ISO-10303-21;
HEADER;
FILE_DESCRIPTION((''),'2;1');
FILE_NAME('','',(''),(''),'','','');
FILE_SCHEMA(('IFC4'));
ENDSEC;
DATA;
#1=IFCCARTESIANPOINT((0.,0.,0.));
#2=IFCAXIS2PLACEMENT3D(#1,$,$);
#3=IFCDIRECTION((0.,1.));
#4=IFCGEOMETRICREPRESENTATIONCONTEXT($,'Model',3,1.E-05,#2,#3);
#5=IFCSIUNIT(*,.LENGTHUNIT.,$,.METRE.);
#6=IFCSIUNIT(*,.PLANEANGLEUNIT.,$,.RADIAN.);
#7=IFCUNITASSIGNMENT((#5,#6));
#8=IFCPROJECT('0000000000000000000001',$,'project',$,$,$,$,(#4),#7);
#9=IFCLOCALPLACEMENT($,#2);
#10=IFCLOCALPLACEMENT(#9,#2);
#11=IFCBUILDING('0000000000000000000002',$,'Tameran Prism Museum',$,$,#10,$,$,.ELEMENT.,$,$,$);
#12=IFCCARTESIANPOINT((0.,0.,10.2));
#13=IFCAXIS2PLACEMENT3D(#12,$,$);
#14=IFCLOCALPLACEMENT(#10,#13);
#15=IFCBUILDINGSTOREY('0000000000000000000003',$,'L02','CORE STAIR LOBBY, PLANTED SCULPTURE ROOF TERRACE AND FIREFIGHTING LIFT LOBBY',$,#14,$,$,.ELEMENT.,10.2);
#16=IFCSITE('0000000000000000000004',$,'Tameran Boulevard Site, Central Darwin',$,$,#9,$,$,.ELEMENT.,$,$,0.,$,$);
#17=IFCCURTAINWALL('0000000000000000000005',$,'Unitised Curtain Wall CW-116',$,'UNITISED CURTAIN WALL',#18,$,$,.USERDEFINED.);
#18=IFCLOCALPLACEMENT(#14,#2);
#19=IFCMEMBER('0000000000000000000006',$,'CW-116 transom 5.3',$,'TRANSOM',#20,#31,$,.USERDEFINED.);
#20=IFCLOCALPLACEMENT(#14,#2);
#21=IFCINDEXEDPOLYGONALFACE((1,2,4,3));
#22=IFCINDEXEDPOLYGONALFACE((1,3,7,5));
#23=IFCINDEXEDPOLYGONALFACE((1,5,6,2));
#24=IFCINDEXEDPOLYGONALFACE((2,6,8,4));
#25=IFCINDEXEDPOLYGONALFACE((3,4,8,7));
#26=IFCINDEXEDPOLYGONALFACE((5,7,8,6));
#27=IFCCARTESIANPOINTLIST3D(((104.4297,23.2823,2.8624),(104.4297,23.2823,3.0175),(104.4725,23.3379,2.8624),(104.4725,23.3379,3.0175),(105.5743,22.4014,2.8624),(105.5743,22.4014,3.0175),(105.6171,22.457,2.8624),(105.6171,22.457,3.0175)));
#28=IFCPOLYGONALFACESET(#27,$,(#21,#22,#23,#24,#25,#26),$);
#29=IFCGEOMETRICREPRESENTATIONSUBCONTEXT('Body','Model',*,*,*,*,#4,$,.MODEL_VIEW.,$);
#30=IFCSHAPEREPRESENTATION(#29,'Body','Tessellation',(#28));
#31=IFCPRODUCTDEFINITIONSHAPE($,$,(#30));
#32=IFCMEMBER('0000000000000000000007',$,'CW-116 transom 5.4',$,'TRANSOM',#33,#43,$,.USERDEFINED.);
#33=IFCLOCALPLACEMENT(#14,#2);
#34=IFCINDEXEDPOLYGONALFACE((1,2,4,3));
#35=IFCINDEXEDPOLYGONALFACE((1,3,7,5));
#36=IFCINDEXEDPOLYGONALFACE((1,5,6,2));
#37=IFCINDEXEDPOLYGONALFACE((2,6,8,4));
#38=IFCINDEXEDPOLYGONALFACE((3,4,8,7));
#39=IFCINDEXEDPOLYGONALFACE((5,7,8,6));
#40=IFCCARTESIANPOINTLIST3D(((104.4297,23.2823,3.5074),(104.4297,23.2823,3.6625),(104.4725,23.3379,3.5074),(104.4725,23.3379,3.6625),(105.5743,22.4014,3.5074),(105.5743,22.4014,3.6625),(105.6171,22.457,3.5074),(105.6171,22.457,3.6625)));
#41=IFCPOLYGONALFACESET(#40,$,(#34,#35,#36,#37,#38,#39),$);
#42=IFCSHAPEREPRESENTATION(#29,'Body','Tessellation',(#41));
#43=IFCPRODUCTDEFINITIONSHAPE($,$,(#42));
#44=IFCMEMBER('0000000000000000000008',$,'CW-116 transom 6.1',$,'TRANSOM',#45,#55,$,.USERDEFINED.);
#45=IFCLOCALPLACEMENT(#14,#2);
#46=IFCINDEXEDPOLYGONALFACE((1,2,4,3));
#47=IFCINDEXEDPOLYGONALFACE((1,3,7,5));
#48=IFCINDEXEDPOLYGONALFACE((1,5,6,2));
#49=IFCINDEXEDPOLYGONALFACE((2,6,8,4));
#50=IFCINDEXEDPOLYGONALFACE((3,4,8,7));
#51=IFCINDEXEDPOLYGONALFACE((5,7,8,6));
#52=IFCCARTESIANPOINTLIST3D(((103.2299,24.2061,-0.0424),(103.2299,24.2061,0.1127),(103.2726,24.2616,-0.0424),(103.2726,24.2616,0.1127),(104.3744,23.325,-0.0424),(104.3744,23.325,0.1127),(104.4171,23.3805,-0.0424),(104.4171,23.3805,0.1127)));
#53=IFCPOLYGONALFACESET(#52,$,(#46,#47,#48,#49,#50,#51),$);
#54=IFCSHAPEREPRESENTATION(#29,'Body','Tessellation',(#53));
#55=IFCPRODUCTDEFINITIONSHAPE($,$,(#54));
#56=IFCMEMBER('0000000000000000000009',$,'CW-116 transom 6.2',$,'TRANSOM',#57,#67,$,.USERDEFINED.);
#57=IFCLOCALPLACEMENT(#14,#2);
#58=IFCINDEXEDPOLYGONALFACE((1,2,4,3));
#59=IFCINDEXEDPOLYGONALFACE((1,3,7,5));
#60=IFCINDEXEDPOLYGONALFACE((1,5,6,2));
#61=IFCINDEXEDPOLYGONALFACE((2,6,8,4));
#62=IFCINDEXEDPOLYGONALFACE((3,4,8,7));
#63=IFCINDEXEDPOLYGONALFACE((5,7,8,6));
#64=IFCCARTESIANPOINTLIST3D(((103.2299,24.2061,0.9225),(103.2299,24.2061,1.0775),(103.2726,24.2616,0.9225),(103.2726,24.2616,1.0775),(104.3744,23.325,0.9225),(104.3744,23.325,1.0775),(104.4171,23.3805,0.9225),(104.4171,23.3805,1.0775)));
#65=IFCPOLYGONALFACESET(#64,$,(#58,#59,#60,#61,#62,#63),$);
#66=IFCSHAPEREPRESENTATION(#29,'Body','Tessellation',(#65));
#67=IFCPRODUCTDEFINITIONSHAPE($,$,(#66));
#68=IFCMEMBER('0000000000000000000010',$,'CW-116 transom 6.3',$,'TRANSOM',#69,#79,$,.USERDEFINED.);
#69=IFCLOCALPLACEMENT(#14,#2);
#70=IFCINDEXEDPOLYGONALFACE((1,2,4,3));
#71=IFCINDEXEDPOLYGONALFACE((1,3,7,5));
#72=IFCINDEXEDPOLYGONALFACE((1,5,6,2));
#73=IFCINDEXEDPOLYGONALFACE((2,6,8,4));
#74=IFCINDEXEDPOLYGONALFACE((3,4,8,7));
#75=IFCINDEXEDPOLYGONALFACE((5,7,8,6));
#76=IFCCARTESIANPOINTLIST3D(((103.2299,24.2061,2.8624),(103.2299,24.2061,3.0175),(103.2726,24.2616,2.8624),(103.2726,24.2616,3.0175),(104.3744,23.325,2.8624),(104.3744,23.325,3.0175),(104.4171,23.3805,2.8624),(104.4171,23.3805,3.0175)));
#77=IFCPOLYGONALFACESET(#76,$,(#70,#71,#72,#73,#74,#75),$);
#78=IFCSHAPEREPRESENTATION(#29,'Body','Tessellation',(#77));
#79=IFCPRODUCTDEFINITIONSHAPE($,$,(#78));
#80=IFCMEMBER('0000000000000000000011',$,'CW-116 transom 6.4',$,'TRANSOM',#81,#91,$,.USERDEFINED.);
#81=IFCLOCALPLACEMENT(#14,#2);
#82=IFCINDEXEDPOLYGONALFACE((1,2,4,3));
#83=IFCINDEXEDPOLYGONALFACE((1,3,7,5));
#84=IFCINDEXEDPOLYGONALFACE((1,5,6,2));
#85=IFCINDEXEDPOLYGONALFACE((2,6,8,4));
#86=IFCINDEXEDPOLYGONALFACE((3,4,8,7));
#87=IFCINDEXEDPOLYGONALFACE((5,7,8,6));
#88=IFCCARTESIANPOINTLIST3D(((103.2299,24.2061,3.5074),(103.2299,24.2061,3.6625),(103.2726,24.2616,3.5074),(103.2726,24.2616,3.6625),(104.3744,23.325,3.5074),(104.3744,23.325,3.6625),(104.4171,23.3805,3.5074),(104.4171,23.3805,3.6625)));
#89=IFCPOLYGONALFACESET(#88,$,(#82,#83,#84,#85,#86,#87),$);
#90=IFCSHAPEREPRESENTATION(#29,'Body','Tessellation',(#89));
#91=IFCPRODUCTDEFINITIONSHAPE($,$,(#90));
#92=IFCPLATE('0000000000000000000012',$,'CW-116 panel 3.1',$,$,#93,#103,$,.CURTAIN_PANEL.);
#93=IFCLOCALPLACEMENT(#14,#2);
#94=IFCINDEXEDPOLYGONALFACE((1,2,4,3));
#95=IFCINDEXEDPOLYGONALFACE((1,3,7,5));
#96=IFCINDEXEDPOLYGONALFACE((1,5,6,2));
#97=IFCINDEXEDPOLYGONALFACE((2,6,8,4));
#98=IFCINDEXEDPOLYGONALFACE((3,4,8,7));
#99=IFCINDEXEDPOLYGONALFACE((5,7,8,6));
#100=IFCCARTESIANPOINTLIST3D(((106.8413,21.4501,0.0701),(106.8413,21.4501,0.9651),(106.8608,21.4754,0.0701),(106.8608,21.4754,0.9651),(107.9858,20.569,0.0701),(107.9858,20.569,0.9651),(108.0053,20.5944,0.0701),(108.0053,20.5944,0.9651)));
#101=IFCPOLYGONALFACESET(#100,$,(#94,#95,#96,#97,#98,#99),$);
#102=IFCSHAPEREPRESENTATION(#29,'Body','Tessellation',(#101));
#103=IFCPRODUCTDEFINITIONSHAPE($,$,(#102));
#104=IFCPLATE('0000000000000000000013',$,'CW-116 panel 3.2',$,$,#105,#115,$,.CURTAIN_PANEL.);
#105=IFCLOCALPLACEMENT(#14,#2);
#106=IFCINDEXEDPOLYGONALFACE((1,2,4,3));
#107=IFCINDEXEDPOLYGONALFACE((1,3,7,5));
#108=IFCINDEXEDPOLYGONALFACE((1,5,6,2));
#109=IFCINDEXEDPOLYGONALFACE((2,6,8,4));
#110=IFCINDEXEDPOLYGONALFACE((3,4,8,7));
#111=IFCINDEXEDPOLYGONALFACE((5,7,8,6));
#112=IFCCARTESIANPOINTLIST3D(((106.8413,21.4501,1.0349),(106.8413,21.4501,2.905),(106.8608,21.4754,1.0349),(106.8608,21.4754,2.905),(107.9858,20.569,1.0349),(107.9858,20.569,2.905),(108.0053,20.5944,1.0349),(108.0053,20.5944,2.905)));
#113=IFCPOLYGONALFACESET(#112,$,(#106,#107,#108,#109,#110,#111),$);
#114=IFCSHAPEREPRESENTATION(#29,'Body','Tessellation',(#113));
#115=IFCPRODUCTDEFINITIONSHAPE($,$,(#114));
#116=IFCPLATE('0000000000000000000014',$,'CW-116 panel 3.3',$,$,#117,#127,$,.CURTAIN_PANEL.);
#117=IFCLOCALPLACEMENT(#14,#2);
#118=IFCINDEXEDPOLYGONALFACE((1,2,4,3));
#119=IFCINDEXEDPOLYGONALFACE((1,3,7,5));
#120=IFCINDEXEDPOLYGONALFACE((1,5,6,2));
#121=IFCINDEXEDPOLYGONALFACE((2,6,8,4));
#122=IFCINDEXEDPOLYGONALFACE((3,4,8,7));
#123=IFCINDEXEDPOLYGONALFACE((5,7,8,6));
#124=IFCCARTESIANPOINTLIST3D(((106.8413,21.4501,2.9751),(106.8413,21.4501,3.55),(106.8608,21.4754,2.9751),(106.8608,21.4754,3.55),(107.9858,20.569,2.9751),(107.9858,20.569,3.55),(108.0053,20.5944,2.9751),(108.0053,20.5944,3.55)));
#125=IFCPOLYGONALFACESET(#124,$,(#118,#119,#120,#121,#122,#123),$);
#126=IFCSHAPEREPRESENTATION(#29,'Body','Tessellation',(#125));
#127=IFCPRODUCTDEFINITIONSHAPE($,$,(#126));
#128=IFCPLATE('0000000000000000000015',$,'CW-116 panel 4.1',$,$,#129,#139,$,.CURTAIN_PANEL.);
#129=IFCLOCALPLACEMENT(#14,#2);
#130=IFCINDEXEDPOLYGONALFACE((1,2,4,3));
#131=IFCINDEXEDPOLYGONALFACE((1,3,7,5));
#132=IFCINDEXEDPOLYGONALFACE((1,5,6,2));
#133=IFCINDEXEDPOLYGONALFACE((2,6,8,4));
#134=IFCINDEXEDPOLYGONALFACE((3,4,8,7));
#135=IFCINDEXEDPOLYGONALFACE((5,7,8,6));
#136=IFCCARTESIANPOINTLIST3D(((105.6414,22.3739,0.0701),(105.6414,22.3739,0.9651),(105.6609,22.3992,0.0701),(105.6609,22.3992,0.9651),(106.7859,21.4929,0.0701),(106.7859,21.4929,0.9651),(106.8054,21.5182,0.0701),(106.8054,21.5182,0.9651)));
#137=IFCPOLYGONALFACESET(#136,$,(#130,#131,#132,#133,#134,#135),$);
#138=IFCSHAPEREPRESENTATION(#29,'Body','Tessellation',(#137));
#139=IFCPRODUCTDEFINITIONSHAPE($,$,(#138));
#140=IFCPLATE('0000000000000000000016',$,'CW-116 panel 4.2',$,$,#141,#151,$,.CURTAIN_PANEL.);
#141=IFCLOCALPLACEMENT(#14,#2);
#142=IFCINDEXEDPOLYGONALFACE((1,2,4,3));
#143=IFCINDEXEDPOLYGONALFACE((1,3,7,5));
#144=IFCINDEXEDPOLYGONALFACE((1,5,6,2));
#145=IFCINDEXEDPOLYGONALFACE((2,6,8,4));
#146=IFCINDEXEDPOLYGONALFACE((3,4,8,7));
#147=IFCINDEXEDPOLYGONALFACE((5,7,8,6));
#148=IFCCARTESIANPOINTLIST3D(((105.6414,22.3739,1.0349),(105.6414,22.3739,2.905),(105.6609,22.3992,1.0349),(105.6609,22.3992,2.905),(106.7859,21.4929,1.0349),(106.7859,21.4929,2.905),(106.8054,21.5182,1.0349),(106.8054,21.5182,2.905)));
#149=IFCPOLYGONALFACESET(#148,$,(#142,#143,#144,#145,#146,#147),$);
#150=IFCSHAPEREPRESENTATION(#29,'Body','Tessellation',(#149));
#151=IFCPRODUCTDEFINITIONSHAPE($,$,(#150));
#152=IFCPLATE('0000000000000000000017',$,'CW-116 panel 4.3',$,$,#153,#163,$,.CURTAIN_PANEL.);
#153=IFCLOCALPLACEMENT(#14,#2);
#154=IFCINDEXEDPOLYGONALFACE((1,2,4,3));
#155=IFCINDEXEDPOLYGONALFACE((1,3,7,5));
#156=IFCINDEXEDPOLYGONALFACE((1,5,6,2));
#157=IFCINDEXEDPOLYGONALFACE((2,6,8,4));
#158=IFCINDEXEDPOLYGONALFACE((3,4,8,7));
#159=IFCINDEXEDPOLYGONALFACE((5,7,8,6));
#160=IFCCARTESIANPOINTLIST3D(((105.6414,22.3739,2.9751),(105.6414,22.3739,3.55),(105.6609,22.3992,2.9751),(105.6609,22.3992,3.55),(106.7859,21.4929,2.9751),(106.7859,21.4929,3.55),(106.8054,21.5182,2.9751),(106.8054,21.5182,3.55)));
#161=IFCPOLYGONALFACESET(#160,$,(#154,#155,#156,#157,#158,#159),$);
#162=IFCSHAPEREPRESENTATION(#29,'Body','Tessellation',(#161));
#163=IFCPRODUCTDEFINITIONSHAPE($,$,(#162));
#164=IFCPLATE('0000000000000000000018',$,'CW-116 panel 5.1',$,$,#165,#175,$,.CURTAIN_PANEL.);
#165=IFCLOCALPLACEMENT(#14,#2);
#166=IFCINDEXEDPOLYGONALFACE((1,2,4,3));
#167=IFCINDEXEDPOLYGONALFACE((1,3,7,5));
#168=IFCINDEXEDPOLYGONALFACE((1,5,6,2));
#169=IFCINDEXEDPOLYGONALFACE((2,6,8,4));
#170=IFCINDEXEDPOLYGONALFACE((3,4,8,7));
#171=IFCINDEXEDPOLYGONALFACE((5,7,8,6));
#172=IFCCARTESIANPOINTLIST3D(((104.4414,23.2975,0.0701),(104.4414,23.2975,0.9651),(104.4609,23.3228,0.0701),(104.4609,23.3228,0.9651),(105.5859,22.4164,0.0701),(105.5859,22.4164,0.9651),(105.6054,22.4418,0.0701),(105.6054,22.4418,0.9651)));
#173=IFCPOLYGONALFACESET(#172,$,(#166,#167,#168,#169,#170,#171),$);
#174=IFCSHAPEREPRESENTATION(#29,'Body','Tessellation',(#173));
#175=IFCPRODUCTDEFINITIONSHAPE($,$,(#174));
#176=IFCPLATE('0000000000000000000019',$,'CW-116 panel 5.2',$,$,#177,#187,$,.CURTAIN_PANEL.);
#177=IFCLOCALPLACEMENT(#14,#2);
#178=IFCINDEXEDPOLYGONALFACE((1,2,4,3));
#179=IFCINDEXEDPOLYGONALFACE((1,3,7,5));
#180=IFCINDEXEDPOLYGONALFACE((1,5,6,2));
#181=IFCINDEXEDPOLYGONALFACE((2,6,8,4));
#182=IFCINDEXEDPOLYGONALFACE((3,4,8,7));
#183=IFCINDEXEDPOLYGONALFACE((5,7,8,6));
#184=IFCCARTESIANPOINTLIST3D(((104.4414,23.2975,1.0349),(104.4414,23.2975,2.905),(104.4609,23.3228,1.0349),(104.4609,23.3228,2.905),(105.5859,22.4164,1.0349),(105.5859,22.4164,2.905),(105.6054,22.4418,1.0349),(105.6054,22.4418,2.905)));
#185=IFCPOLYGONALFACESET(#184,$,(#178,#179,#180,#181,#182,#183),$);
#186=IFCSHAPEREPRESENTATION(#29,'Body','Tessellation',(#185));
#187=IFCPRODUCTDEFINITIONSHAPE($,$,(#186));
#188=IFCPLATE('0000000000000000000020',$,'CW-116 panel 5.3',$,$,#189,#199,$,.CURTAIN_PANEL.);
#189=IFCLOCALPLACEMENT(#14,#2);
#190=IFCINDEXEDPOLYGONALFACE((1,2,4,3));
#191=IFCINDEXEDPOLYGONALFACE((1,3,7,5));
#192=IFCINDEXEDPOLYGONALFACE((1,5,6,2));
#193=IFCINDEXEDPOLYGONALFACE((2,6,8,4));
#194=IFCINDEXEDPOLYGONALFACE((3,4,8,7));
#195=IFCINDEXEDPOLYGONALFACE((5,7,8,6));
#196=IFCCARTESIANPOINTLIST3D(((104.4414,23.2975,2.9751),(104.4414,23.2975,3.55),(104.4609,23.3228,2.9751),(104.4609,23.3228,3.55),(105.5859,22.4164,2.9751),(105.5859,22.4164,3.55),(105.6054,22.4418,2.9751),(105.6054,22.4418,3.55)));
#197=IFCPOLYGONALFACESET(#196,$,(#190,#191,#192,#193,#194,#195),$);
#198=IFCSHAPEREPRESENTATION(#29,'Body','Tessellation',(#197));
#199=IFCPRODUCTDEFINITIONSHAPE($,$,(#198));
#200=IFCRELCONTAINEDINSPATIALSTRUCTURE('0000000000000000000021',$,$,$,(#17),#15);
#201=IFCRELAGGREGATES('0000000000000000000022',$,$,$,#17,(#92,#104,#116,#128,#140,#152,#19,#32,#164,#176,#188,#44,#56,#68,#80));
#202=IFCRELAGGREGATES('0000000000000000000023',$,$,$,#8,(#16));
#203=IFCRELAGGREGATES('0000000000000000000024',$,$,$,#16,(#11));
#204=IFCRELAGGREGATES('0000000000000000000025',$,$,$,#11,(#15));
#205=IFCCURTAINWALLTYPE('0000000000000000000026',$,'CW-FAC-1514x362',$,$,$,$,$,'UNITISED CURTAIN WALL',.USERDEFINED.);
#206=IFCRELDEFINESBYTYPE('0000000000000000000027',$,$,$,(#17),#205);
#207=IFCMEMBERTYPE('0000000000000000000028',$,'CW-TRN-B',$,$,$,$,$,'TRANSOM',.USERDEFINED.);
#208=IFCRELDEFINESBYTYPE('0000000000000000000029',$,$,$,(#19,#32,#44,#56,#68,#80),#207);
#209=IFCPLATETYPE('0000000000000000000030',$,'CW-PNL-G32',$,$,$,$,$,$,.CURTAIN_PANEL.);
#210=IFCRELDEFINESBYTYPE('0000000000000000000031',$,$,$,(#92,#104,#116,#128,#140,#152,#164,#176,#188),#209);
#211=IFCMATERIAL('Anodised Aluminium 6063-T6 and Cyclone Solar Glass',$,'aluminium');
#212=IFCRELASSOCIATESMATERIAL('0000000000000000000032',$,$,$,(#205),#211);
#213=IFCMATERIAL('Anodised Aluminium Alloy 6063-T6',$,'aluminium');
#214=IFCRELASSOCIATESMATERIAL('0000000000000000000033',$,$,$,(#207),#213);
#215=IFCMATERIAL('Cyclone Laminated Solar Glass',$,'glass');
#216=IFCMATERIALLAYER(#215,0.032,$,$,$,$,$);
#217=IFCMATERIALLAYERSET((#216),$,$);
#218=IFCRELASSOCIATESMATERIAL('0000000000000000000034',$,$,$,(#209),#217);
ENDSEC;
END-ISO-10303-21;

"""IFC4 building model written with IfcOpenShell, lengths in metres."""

from ifc_helpers import new_model, si_unit, direction, frame, origin, origin_2d, place, context, subcontext, project, spatial, rectangle, extrude, material, layer, layer_set, material_profile, profile_set, type_object, element, aggregate, save


model = new_model("IFC4")

# Units and contexts
model_context = context("Model", 3, precision=1e-05, world=origin(), true_north=direction((0.0, 1.0)))
body_context = subcontext(model_context, "Body", "Model", "MODEL_VIEW")
ifc_project = project(units=[si_unit("LENGTHUNIT", "METRE"), si_unit("PLANEANGLEUNIT", "RADIAN")], contexts=[model_context])

# Site, building, storey
site_placement = place(None, origin())
site = spatial("IfcSite", under=ifc_project, at=site_placement, Name="Tameran Boulevard Site, Central Darwin", CompositionType="ELEMENT", RefElevation=0.0)
building_placement = place(site_placement, origin())
building = spatial("IfcBuilding", under=site, at=building_placement, Name="Tameran Prism Museum", CompositionType="ELEMENT")
storey_placement = place(building_placement, frame((0.0, 0.0, 10.2)))
storey = spatial("IfcBuildingStorey", under=building, at=storey_placement, Name="L02", Description="CORE STAIR LOBBY, PLANTED SCULPTURE ROOF TERRACE AND FIREFIGHTING LIFT LOBBY", CompositionType="ELEMENT", Elevation=10.2)

# Curtain wall, members, plates
ifc_material_1 = material(Name="Anodised Aluminium 6063-T6 and Cyclone Solar Glass", Category="aluminium")
curtain_wall_type = type_object("IfcCurtainWallType", Name="CW-FAC-1514x362", ElementType="UNITISED CURTAIN WALL", PredefinedType="USERDEFINED", material=ifc_material_1)
curtain_wall_placement = place(storey_placement, origin())
curtain_wall = element("IfcCurtainWall", 1, at=curtain_wall_placement, inside=storey, type_object=curtain_wall_type, Name="Unitised Curtain Wall CW-116", ObjectType="UNITISED CURTAIN WALL", PredefinedType="USERDEFINED")
ifc_material_2 = material(Name="Anodised Aluminium Alloy 6063-T6", Category="aluminium")
ifc_material_profile_1 = material_profile(ifc_material_2, rectangle(XDim=0.0701, YDim=0.155, at=origin_2d()))
ifc_profile_set_1 = profile_set([ifc_material_profile_1])
member_type_1 = type_object("IfcMemberType", Name="CW-TRN-B", ElementType="TRANSOM", PredefinedType="USERDEFINED", material=ifc_profile_set_1)
member_1_placement = place(storey_placement, frame((105.5957, 22.4292, 2.9399), z_axis=(-0.792473, 0.609907, 0.0), x_axis=(-0.609907, -0.792473, 0.0)))
member_1 = element("IfcMember", 2, at=member_1_placement, type_object=member_type_1, Name="CW-116 transom 5.3", ObjectType="TRANSOM", PredefinedType="USERDEFINED", context=body_context, shape_type="SweptSolid", body=[
    extrude(rectangle(XDim=0.0701, YDim=0.155, at=origin_2d()), origin(), (0.0, 0.0, 1.0), 1.4443),
])
member_2_placement = place(storey_placement, frame((105.5957, 22.4292, 3.585), z_axis=(-0.792473, 0.609907, 0.0), x_axis=(-0.609907, -0.792473, 0.0)))
member_2 = element("IfcMember", 3, at=member_2_placement, type_object=member_type_1, Name="CW-116 transom 5.4", ObjectType="TRANSOM", PredefinedType="USERDEFINED", context=body_context, shape_type="SweptSolid", body=[
    extrude(rectangle(XDim=0.0701, YDim=0.155, at=origin_2d()), origin(), (0.0, 0.0, 1.0), 1.4443),
])
member_3_placement = place(storey_placement, frame((104.3958, 23.3528, 0.0352), z_axis=(-0.792391, 0.610013, 0.0), x_axis=(-0.610013, -0.792391, 0.0)))
member_3 = element("IfcMember", 4, at=member_3_placement, type_object=member_type_1, Name="CW-116 transom 6.1", ObjectType="TRANSOM", PredefinedType="USERDEFINED", context=body_context, shape_type="SweptSolid", body=[
    extrude(rectangle(XDim=0.0701, YDim=0.155, at=origin_2d()), origin(), (0.0, 0.0, 1.0), 1.4443),
])
member_4_placement = place(storey_placement, frame((104.3958, 23.3528, 1.0), z_axis=(-0.792391, 0.610013, 0.0), x_axis=(-0.610013, -0.792391, 0.0)))
member_4 = element("IfcMember", 5, at=member_4_placement, type_object=member_type_1, Name="CW-116 transom 6.2", ObjectType="TRANSOM", PredefinedType="USERDEFINED", context=body_context, shape_type="SweptSolid", body=[
    extrude(rectangle(XDim=0.0701, YDim=0.155, at=origin_2d()), origin(), (0.0, 0.0, 1.0), 1.4443),
])
member_5_placement = place(storey_placement, frame((104.3958, 23.3528, 2.9399), z_axis=(-0.792391, 0.610013, 0.0), x_axis=(-0.610013, -0.792391, 0.0)))
member_5 = element("IfcMember", 6, at=member_5_placement, type_object=member_type_1, Name="CW-116 transom 6.3", ObjectType="TRANSOM", PredefinedType="USERDEFINED", context=body_context, shape_type="SweptSolid", body=[
    extrude(rectangle(XDim=0.0701, YDim=0.155, at=origin_2d()), origin(), (0.0, 0.0, 1.0), 1.4443),
])
member_6_placement = place(storey_placement, frame((104.3958, 23.3528, 3.585), z_axis=(-0.792391, 0.610013, 0.0), x_axis=(-0.610013, -0.792391, 0.0)))
member_6 = element("IfcMember", 7, at=member_6_placement, type_object=member_type_1, Name="CW-116 transom 6.4", ObjectType="TRANSOM", PredefinedType="USERDEFINED", context=body_context, shape_type="SweptSolid", body=[
    extrude(rectangle(XDim=0.0701, YDim=0.155, at=origin_2d()), origin(), (0.0, 0.0, 1.0), 1.4443),
])
ifc_material_3 = material(Name="Cyclone Laminated Solar Glass", Category="glass")
ifc_layer = layer(ifc_material_3, 0.032)
ifc_layer_set = layer_set([ifc_layer])
plate_type = type_object("IfcPlateType", Name="CW-PNL-G32", PredefinedType="CURTAIN_PANEL", material=ifc_layer_set)
plate_1_placement = place(storey_placement, frame((107.4233, 21.0222, 0.0701), z_axis=(0.0, 0.0, 1.0), x_axis=(-0.792401, 0.610001, 0.0)))
plate_1 = element("IfcPlate", 8, at=plate_1_placement, type_object=plate_type, Name="CW-116 panel 3.1", PredefinedType="CURTAIN_PANEL", context=body_context, shape_type="SweptSolid", body=[
    extrude(rectangle(XDim=1.4443, YDim=0.032, at=origin_2d()), origin(), (0.0, 0.0, 1.0), 0.895),
])
plate_2_placement = place(storey_placement, frame((107.4233, 21.0222, 1.0349), z_axis=(0.0, 0.0, 1.0), x_axis=(-0.792401, 0.610001, 0.0)))
plate_2 = element("IfcPlate", 9, at=plate_2_placement, type_object=plate_type, Name="CW-116 panel 3.2", PredefinedType="CURTAIN_PANEL", context=body_context, shape_type="SweptSolid", body=[
    extrude(rectangle(XDim=1.4443, YDim=0.032, at=origin_2d()), origin(), (0.0, 0.0, 1.0), 1.8701),
])
plate_3_placement = place(storey_placement, frame((107.4233, 21.0222, 2.9751), z_axis=(0.0, 0.0, 1.0), x_axis=(-0.792401, 0.610001, 0.0)))
plate_3 = element("IfcPlate", 10, at=plate_3_placement, type_object=plate_type, Name="CW-116 panel 3.3", PredefinedType="CURTAIN_PANEL", context=body_context, shape_type="SweptSolid", body=[
    extrude(rectangle(XDim=1.4443, YDim=0.032, at=origin_2d()), origin(), (0.0, 0.0, 1.0), 0.575),
])
plate_4_placement = place(storey_placement, frame((106.2234, 21.946, 0.0701), z_axis=(0.0, 0.0, 1.0), x_axis=(-0.792401, 0.610001, 0.0)))
plate_4 = element("IfcPlate", 11, at=plate_4_placement, type_object=plate_type, Name="CW-116 panel 4.1", PredefinedType="CURTAIN_PANEL", context=body_context, shape_type="SweptSolid", body=[
    extrude(rectangle(XDim=1.4443, YDim=0.032, at=origin_2d()), origin(), (0.0, 0.0, 1.0), 0.895),
])
plate_5_placement = place(storey_placement, frame((106.2234, 21.946, 1.0349), z_axis=(0.0, 0.0, 1.0), x_axis=(-0.792401, 0.610001, 0.0)))
plate_5 = element("IfcPlate", 12, at=plate_5_placement, type_object=plate_type, Name="CW-116 panel 4.2", PredefinedType="CURTAIN_PANEL", context=body_context, shape_type="SweptSolid", body=[
    extrude(rectangle(XDim=1.4443, YDim=0.032, at=origin_2d()), origin(), (0.0, 0.0, 1.0), 1.8701),
])
plate_6_placement = place(storey_placement, frame((106.2234, 21.946, 2.9751), z_axis=(0.0, 0.0, 1.0), x_axis=(-0.792401, 0.610001, 0.0)))
plate_6 = element("IfcPlate", 13, at=plate_6_placement, type_object=plate_type, Name="CW-116 panel 4.3", PredefinedType="CURTAIN_PANEL", context=body_context, shape_type="SweptSolid", body=[
    extrude(rectangle(XDim=1.4443, YDim=0.032, at=origin_2d()), origin(), (0.0, 0.0, 1.0), 0.575),
])
plate_7_placement = place(storey_placement, frame((105.0234, 22.8696, 0.0701), z_axis=(0.0, 0.0, 1.0), x_axis=(-0.792401, 0.610001, 0.0)))
plate_7 = element("IfcPlate", 14, at=plate_7_placement, type_object=plate_type, Name="CW-116 panel 5.1", PredefinedType="CURTAIN_PANEL", context=body_context, shape_type="SweptSolid", body=[
    extrude(rectangle(XDim=1.4443, YDim=0.032, at=origin_2d()), origin(), (0.0, 0.0, 1.0), 0.895),
])
plate_8_placement = place(storey_placement, frame((105.0234, 22.8696, 1.0349), z_axis=(0.0, 0.0, 1.0), x_axis=(-0.792401, 0.610001, 0.0)))
plate_8 = element("IfcPlate", 15, at=plate_8_placement, type_object=plate_type, Name="CW-116 panel 5.2", PredefinedType="CURTAIN_PANEL", context=body_context, shape_type="SweptSolid", body=[
    extrude(rectangle(XDim=1.4443, YDim=0.032, at=origin_2d()), origin(), (0.0, 0.0, 1.0), 1.8701),
])
plate_9_placement = place(storey_placement, frame((105.0234, 22.8696, 2.9751), z_axis=(0.0, 0.0, 1.0), x_axis=(-0.792401, 0.610001, 0.0)))
plate_9 = element("IfcPlate", 16, at=plate_9_placement, type_object=plate_type, Name="CW-116 panel 5.3", PredefinedType="CURTAIN_PANEL", context=body_context, shape_type="SweptSolid", body=[
    extrude(rectangle(XDim=1.4443, YDim=0.032, at=origin_2d()), origin(), (0.0, 0.0, 1.0), 0.575),
])
aggregate(curtain_wall, [plate_1, plate_2, plate_3, plate_4, plate_5, plate_6, member_1, member_2, plate_7, plate_8, plate_9, member_3, member_4, member_5, member_6])

save(model, "model.ifc")
